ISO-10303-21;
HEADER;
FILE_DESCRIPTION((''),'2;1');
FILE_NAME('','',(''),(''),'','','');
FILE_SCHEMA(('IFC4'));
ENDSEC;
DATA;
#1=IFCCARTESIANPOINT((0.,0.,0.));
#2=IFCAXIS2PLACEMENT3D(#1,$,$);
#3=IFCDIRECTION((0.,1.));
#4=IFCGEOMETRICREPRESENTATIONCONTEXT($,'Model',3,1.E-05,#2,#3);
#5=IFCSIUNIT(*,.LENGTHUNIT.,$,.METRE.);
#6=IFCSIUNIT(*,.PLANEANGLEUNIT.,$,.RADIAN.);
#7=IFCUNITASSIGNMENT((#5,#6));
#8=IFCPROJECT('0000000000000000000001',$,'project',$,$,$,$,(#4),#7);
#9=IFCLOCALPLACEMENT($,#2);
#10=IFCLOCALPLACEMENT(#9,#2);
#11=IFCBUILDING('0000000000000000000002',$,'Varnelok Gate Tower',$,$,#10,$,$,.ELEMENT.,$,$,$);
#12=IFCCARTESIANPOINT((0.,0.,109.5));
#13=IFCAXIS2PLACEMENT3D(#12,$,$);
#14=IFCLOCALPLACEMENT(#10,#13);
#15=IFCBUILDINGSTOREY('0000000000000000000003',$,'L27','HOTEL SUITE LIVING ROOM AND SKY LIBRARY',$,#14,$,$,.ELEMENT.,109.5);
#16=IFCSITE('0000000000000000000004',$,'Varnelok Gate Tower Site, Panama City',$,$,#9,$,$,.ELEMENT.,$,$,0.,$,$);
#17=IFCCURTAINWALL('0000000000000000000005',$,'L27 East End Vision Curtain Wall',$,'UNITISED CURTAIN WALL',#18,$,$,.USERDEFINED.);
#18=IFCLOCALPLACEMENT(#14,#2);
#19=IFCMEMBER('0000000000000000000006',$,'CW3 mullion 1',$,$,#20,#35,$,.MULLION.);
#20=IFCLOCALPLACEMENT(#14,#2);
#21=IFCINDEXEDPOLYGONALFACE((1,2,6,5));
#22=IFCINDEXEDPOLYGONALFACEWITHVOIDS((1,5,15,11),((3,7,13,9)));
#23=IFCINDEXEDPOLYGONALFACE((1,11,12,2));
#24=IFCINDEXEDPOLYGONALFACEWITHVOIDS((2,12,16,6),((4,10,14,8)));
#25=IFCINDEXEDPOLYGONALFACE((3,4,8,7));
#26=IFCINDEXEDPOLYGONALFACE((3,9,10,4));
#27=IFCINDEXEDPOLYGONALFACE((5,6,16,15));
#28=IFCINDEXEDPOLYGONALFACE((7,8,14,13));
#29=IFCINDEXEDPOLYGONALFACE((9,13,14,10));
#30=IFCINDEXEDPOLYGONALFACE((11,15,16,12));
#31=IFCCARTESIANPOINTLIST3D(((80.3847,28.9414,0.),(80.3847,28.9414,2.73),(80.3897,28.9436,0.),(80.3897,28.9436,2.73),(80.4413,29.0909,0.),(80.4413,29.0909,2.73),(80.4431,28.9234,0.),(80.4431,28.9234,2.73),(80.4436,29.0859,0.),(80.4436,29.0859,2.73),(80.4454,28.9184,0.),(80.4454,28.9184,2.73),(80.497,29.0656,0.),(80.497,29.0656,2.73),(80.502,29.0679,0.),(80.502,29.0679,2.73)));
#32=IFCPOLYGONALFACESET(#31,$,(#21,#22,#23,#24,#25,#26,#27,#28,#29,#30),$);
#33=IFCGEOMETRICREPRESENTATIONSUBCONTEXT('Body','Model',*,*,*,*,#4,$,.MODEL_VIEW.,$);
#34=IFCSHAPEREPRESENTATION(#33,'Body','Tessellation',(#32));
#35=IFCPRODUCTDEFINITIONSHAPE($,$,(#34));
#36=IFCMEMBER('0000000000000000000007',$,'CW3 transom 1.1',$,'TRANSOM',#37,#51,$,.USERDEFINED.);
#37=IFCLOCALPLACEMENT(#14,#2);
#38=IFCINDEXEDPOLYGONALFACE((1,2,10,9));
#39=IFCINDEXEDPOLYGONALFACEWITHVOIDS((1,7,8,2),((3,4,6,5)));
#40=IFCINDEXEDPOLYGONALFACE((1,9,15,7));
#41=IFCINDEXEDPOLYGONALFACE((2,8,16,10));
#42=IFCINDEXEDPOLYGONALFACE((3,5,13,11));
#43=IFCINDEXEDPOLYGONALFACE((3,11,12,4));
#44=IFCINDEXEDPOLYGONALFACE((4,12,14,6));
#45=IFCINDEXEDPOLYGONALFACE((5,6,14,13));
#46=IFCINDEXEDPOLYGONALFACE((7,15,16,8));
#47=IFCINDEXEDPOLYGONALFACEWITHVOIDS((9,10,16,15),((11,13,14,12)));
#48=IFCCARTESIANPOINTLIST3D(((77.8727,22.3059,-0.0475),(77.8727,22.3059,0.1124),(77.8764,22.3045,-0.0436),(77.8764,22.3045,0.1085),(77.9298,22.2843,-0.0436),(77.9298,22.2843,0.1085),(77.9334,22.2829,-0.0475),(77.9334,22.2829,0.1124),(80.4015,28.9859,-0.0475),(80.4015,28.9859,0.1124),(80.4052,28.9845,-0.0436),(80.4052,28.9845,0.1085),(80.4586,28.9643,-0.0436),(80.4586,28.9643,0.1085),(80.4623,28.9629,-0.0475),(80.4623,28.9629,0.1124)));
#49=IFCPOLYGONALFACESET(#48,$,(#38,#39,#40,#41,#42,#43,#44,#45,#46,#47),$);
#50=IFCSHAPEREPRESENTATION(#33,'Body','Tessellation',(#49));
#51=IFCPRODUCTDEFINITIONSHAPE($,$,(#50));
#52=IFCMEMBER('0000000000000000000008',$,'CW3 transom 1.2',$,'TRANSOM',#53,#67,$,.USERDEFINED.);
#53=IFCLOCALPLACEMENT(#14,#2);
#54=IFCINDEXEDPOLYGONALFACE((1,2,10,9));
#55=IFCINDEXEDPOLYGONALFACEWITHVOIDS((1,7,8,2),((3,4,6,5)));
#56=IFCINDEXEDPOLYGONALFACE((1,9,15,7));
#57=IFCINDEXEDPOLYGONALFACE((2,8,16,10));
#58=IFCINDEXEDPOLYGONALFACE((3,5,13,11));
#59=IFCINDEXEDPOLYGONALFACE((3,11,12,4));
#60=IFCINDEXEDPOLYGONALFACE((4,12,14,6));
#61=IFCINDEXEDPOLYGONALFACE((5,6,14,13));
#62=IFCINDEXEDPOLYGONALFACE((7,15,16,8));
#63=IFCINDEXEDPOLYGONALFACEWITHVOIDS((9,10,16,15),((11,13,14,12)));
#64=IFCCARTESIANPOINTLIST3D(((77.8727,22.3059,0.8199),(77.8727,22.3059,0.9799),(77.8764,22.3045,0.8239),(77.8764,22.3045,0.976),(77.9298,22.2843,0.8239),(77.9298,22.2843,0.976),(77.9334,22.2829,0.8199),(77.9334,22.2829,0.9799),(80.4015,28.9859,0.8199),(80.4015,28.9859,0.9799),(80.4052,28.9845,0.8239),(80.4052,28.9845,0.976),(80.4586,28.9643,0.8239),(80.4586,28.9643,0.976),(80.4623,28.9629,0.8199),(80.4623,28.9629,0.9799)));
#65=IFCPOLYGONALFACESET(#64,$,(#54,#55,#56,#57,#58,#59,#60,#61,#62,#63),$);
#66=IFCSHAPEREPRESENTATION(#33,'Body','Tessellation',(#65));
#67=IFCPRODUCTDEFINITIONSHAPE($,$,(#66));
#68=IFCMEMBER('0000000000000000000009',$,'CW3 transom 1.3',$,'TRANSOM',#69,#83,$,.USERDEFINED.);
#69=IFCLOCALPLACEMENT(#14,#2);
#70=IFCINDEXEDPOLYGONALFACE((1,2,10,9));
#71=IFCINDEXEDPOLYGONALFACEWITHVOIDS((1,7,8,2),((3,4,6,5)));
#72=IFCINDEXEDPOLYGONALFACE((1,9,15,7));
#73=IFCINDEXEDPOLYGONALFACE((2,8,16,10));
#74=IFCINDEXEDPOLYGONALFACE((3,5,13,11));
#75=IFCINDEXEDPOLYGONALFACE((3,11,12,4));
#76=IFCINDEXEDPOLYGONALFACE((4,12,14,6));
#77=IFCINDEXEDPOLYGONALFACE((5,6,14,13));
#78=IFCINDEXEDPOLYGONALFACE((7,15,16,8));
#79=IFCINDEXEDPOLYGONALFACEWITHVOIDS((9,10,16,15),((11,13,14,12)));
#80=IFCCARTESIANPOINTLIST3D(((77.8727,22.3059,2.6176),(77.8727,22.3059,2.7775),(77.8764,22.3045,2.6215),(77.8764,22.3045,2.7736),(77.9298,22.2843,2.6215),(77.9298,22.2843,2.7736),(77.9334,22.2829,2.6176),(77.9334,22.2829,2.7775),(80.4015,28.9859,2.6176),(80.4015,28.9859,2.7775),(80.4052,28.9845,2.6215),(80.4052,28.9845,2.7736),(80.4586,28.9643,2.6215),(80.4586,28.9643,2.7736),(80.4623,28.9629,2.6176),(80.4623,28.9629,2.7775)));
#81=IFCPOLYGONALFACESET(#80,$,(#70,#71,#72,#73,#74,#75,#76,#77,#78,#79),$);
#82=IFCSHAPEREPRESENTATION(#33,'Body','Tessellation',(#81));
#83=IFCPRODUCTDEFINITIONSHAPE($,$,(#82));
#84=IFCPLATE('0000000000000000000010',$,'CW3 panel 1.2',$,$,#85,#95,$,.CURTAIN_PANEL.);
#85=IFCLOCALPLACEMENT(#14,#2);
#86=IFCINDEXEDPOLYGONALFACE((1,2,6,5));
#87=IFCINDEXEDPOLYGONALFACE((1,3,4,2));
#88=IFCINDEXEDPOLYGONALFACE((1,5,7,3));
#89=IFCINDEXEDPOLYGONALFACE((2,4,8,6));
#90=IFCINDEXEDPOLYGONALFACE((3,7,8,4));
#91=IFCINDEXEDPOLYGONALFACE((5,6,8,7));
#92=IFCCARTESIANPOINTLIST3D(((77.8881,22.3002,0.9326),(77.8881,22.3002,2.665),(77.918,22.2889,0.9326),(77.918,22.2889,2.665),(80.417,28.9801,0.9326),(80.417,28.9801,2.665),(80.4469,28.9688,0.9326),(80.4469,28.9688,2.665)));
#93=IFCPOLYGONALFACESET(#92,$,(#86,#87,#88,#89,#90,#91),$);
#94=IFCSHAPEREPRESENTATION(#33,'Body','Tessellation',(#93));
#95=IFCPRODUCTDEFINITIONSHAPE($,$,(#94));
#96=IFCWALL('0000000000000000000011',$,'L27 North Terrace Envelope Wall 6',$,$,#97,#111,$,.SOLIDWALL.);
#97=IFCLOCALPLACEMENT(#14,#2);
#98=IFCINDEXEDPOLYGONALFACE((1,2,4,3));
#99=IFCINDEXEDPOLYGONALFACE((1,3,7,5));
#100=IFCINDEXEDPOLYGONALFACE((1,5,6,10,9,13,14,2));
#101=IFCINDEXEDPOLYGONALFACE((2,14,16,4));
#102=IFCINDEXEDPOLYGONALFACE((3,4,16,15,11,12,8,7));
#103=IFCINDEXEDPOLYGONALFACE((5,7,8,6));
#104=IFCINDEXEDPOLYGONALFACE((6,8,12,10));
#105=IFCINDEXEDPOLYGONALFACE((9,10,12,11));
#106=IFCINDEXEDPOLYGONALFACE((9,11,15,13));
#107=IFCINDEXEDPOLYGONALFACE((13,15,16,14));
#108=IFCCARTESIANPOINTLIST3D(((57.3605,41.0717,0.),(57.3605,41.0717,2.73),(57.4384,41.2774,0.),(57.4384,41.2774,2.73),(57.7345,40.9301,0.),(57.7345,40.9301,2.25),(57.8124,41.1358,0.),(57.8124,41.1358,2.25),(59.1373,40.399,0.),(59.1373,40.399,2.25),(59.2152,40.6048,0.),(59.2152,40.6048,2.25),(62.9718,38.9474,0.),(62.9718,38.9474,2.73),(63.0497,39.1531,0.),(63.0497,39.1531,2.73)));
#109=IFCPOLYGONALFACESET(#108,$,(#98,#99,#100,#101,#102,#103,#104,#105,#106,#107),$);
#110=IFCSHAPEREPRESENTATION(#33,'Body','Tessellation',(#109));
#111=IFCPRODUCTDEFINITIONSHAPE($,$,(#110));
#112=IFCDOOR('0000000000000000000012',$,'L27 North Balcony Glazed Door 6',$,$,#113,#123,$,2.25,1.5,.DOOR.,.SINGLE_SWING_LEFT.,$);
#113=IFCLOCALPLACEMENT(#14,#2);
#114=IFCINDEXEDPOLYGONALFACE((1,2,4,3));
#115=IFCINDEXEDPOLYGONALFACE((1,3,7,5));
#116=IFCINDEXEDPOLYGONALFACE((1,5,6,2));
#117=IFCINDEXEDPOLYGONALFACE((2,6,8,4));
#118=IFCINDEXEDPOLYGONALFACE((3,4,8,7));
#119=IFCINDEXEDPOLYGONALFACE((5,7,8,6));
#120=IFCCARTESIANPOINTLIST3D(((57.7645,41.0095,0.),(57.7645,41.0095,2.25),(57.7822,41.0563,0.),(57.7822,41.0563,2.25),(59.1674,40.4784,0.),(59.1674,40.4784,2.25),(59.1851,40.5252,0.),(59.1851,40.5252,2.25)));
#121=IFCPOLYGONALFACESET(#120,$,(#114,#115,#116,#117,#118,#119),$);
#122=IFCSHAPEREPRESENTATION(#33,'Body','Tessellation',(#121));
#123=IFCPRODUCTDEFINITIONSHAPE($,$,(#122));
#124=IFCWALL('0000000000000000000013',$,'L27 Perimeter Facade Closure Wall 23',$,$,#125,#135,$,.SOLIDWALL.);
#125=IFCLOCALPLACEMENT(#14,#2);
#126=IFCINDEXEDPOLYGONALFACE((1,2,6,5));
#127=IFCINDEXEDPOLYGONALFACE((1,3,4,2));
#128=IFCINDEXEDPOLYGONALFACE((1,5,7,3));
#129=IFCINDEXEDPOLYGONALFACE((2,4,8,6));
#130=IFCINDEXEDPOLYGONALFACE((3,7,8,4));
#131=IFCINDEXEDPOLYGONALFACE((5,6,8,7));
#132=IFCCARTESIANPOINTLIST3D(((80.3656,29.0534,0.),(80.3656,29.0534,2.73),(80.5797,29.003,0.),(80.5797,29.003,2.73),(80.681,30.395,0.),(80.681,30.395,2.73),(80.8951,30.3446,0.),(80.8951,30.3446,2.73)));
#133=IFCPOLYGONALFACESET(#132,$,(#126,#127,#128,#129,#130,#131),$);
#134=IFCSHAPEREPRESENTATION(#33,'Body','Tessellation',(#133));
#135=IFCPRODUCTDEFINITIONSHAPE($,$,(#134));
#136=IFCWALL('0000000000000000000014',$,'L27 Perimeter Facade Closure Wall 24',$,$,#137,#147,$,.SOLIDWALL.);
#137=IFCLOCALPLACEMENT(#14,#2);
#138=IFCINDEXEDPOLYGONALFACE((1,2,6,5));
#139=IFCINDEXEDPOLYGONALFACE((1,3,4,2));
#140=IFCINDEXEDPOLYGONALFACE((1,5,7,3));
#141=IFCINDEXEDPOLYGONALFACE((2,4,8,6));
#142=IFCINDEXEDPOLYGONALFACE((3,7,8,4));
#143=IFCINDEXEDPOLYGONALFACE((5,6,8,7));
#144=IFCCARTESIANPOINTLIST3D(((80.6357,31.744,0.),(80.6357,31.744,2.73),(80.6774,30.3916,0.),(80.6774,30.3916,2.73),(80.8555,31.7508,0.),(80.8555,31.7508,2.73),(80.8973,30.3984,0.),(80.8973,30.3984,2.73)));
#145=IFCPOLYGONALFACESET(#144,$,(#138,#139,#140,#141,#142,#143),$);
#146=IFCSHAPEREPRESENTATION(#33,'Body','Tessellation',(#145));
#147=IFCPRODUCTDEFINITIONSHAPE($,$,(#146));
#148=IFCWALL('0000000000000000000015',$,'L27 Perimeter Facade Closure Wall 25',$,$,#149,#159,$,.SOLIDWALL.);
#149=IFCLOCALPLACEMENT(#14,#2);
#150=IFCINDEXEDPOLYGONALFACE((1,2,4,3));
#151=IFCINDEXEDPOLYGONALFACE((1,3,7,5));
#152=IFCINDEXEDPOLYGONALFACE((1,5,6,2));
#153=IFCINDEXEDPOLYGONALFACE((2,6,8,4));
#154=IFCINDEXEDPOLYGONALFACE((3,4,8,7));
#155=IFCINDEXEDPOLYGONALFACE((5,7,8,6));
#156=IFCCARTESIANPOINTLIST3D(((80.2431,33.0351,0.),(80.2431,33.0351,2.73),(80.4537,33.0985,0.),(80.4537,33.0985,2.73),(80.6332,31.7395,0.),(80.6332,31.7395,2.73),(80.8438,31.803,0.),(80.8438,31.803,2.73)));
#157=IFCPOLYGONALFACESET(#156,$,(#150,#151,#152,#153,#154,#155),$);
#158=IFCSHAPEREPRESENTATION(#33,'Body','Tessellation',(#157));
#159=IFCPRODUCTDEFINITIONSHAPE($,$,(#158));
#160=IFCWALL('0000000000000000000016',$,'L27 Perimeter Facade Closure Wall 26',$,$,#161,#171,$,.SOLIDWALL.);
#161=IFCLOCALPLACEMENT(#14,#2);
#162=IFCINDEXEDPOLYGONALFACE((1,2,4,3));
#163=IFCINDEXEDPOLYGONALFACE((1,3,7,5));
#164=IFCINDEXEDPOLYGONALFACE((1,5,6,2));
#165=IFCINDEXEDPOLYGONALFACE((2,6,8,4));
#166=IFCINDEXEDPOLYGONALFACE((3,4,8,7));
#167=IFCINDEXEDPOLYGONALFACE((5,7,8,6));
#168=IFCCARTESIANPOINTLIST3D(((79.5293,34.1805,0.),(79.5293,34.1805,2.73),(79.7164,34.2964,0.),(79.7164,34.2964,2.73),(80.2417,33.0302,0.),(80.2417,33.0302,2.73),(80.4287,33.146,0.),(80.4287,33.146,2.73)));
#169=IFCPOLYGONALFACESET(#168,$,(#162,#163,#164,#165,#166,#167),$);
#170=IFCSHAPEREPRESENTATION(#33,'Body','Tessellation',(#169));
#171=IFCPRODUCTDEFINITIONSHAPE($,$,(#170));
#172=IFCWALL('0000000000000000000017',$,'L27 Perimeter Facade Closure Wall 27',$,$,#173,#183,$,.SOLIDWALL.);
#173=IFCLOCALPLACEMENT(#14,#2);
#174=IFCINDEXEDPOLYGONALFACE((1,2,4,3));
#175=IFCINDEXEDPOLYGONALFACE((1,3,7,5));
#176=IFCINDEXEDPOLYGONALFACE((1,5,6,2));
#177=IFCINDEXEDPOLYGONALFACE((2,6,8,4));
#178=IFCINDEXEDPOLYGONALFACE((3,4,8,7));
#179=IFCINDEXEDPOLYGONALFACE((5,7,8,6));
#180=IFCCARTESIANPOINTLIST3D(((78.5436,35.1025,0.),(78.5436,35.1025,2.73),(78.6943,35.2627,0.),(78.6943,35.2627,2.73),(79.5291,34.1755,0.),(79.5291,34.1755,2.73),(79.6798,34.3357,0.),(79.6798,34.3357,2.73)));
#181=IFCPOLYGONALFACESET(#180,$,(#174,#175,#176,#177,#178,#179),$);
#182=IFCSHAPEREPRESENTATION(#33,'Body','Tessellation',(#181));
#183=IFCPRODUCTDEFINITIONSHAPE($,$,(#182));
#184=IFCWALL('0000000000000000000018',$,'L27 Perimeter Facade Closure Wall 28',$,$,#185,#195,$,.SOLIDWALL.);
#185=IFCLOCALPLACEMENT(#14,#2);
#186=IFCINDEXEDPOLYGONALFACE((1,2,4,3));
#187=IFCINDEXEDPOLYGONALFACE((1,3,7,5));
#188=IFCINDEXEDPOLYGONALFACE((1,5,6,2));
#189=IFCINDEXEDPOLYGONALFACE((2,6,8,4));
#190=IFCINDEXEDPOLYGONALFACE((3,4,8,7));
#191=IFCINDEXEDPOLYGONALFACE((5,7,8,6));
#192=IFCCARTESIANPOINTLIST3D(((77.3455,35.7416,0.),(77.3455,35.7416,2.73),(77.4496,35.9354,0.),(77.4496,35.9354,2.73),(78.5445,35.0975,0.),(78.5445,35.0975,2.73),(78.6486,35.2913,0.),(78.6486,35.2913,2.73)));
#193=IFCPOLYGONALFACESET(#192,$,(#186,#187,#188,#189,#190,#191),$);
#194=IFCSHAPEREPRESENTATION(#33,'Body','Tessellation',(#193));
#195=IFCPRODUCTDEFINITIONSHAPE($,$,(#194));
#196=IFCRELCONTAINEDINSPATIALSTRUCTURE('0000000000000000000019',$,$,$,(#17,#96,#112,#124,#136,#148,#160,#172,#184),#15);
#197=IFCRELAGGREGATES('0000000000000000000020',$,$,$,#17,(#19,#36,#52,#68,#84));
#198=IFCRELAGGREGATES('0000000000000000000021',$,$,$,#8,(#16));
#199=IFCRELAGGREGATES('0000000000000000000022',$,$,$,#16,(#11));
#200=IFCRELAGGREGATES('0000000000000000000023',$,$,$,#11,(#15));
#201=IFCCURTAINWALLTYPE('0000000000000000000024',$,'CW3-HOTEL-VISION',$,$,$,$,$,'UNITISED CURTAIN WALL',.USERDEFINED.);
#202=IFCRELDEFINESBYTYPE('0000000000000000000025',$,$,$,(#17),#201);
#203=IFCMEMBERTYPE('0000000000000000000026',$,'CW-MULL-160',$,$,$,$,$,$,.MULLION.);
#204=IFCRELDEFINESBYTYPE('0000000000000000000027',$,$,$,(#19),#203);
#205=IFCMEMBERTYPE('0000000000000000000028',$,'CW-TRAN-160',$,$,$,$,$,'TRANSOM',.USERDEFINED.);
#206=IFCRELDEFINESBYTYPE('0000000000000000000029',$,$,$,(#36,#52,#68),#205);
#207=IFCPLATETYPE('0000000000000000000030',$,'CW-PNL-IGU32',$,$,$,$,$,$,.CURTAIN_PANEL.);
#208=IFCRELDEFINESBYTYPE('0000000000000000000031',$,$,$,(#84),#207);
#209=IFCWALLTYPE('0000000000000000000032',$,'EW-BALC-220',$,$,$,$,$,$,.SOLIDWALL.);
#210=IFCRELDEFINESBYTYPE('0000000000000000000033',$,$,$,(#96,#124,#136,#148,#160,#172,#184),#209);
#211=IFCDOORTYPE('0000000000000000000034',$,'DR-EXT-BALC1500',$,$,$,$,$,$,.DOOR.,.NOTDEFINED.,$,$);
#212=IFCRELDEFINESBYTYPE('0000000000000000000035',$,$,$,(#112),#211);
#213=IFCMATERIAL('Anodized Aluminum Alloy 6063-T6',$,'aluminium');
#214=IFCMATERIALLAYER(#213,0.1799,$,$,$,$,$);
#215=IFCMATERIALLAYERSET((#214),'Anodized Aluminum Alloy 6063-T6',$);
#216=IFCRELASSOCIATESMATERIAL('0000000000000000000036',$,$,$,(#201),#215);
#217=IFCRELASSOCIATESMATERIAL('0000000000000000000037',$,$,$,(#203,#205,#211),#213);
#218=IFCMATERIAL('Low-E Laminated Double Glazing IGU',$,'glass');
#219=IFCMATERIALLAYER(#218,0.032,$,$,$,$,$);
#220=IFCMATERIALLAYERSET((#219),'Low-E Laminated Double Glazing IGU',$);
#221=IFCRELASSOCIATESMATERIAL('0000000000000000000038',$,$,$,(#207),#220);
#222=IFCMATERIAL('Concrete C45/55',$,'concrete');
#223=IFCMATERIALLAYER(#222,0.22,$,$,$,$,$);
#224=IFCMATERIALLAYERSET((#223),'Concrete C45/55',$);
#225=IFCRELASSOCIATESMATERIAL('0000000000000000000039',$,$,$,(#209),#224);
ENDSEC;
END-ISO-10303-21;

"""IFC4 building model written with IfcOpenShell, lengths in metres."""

from ifc_helpers import new_model, si_unit, direction, frame, frame_2d, origin, origin_2d, place, context, subcontext, project, spatial, rectangle, hollow_rectangle, extrude, source, transform, mapped, material, layer, layer_set, material_profile, profile_set, type_object, element, fill, aggregate, save


model = new_model("IFC4")

# Units and contexts
model_context = context("Model", 3, precision=1e-05, world=origin(), true_north=direction((0.0, 1.0)))
body_context = subcontext(model_context, "Body", "Model", "MODEL_VIEW")
ifc_project = project(units=[si_unit("LENGTHUNIT", "METRE"), si_unit("PLANEANGLEUNIT", "RADIAN")], contexts=[model_context])

# Site, building, storey
site_placement = place(None, origin())
site = spatial("IfcSite", under=ifc_project, at=site_placement, Name="Varnelok Gate Tower Site, Panama City", CompositionType="ELEMENT", RefElevation=0.0)
building_placement = place(site_placement, origin())
building = spatial("IfcBuilding", under=site, at=building_placement, Name="Varnelok Gate Tower", CompositionType="ELEMENT")
storey_placement = place(building_placement, frame((0.0, 0.0, 109.5)))
storey = spatial("IfcBuildingStorey", under=building, at=storey_placement, Name="L27", Description="HOTEL SUITE LIVING ROOM AND SKY LIBRARY", CompositionType="ELEMENT", Elevation=109.5)

# Curtain wall, members, plate
ifc_material_1 = material(Name="Anodized Aluminum Alloy 6063-T6", Category="aluminium")
ifc_layer_1 = layer(ifc_material_1, 0.1799)
ifc_layer_set_1 = layer_set([ifc_layer_1], Name="Anodized Aluminum Alloy 6063-T6")
curtain_wall_type = type_object("IfcCurtainWallType", Name="CW3-HOTEL-VISION", ElementType="UNITISED CURTAIN WALL", PredefinedType="USERDEFINED", material=ifc_layer_set_1)
curtain_wall_placement = place(storey_placement, origin())
curtain_wall = element("IfcCurtainWall", 1, at=curtain_wall_placement, inside=storey, type_object=curtain_wall_type, Name="L27 East End Vision Curtain Wall", ObjectType="UNITISED CURTAIN WALL", PredefinedType="USERDEFINED")
ifc_material_profile_1 = material_profile(ifc_material_1, hollow_rectangle(XDim=0.0649, YDim=0.1599, WallThickness=0.0039, at=origin_2d()), Name="ALU160X65X4")
ifc_profile_set_1 = profile_set([ifc_material_profile_1], Name="Anodized Aluminum Alloy 6063-T6")
member_type_1 = type_object("IfcMemberType", Name="CW-MULL-160", PredefinedType="MULLION", material=ifc_profile_set_1)
member_1_placement = place(storey_placement, frame((80.4434, 29.0046, 0.0), z_axis=(0.0, 0.0, 1.0), x_axis=(0.935221, -0.354064, 0.0)))
member_1 = element("IfcMember", 2, at=member_1_placement, type_object=member_type_1, Name="CW3 mullion 1", PredefinedType="MULLION", context=body_context, shape_type="SweptSolid", body=[
    extrude(hollow_rectangle(XDim=0.0649, YDim=0.1599, WallThickness=0.0039, at=origin_2d()), origin(), (0.0, 0.0, 1.0), 2.73),
])
ifc_material_profile_2 = material_profile(ifc_material_1, hollow_rectangle(XDim=0.0649, YDim=0.1599, WallThickness=0.0039, at=origin_2d()), Name="ALU160X65X4")
ifc_profile_set_2 = profile_set([ifc_material_profile_2], Name="Anodized Aluminum Alloy 6063-T6")
member_type_2 = type_object("IfcMemberType", Name="CW-TRAN-160", ElementType="TRANSOM", PredefinedType="USERDEFINED", material=ifc_profile_set_2)
member_2_placement = place(storey_placement, frame((80.4319, 28.9744, 0.0325), z_axis=(-0.354047, -0.935228, 0.0), x_axis=(0.935228, -0.354047, 0.0)))
member_2 = element("IfcMember", 3, at=member_2_placement, type_object=member_type_2, Name="CW3 transom 1.1", ObjectType="TRANSOM", PredefinedType="USERDEFINED", context=body_context, shape_type="SweptSolid", body=[
    extrude(hollow_rectangle(XDim=0.0649, YDim=0.1599, WallThickness=0.0039, at=origin_2d()), origin(), (0.0, 0.0, 1.0), 7.1426),
])
member_3_placement = place(storey_placement, frame((80.4319, 28.9744, 0.8999), z_axis=(-0.354047, -0.935228, 0.0), x_axis=(0.935228, -0.354047, 0.0)))
member_3 = element("IfcMember", 4, at=member_3_placement, type_object=member_type_2, Name="CW3 transom 1.2", ObjectType="TRANSOM", PredefinedType="USERDEFINED", context=body_context, shape_type="SweptSolid", body=[
    extrude(hollow_rectangle(XDim=0.0649, YDim=0.1599, WallThickness=0.0039, at=origin_2d()), origin(), (0.0, 0.0, 1.0), 7.1426),
])
member_4_placement = place(storey_placement, frame((80.4319, 28.9744, 2.6975), z_axis=(-0.354047, -0.935228, 0.0), x_axis=(0.935228, -0.354047, 0.0)))
member_4 = element("IfcMember", 5, at=member_4_placement, type_object=member_type_2, Name="CW3 transom 1.3", ObjectType="TRANSOM", PredefinedType="USERDEFINED", context=body_context, shape_type="SweptSolid", body=[
    extrude(hollow_rectangle(XDim=0.0649, YDim=0.1599, WallThickness=0.0039, at=origin_2d()), origin(), (0.0, 0.0, 1.0), 7.1426),
])
ifc_material_2 = material(Name="Low-E Laminated Double Glazing IGU", Category="glass")
ifc_layer_2 = layer(ifc_material_2, 0.032)
ifc_layer_set_2 = layer_set([ifc_layer_2], Name="Low-E Laminated Double Glazing IGU")
plate_type = type_object("IfcPlateType", Name="CW-PNL-IGU32", PredefinedType="CURTAIN_PANEL", material=ifc_layer_set_2)
shared_shape_1 = source(origin(), body_context, "Body", "SweptSolid", [
    extrude(rectangle(XDim=7.1426, YDim=0.032, at=origin_2d()), origin(), (0.0, 0.0, 1.0), 1.7324),
])
plate_placement = place(storey_placement, frame((79.1675, 25.6345, 0.9326), z_axis=(0.0, 0.0, 1.0), x_axis=(-0.354064, -0.935221, 0.0)))
plate = element("IfcPlate", 6, at=plate_placement, type_object=plate_type, Name="CW3 panel 1.2", PredefinedType="CURTAIN_PANEL", context=body_context, shape_type="MappedRepresentation", body=[
    mapped(shared_shape_1, transform((0.0, 0.0, 0.0), scale=1.0)),
])
aggregate(curtain_wall, [member_1, member_2, member_3, member_4, plate])

# Wall, opening, door
ifc_material_3 = material(Name="Concrete C45/55", Category="concrete")
ifc_layer_3 = layer(ifc_material_3, 0.22)
ifc_layer_set_3 = layer_set([ifc_layer_3], Name="Concrete C45/55")
wall_type = type_object("IfcWallType", Name="EW-BALC-220", PredefinedType="SOLIDWALL", material=ifc_layer_set_3)
wall_1_placement = place(storey_placement, frame((57.3994, 41.1746, 0.0), z_axis=(0.0, 0.0, 1.0), x_axis=(0.935228, -0.354047, 0.0)))
wall_1 = element("IfcWall", 7, at=wall_1_placement, inside=storey, type_object=wall_type, Name="L27 North Terrace Envelope Wall 6", PredefinedType="SOLIDWALL", context=body_context, shape_type="SweptSolid", body=[
    extrude(rectangle(XDim=6.0, YDim=0.22, at=frame_2d((3.0, 0.0))), origin(), (0.0, 0.0, 1.0), 2.73),
])
opening_1_placement = place(wall_1_placement, frame((0.3999, 0.0, 0.0)))
opening_1 = element("IfcOpeningElement", 8, at=opening_1_placement, cuts=wall_1, PredefinedType="OPENING", context=body_context, shape_type="SweptSolid", body=[
    extrude(rectangle(XDim=1.5, YDim=2.25, at=frame_2d((0.75, 1.125))), frame((0.0, 0.1199, 0.0), z_axis=(0.0, -1.0, 0.0), x_axis=(1.0, 0.0, 0.0)), (0.0, 0.0, 1.0), 0.24),
])
door_type = type_object("IfcDoorType", Name="DR-EXT-BALC1500", OperationType="NOTDEFINED", PredefinedType="DOOR", material=ifc_material_1)
door_placement = place(opening_1_placement, origin())
door = element("IfcDoor", 9, at=door_placement, inside=storey, type_object=door_type, Name="L27 North Balcony Glazed Door 6", OperationType="SINGLE_SWING_LEFT", OverallHeight=2.25, OverallWidth=1.5, PredefinedType="DOOR", context=body_context, shape_type="SweptSolid", body=[
    extrude(rectangle(XDim=1.5, YDim=2.25, at=frame_2d((0.75, 1.125))), frame((0.0, 0.0249, 0.0), z_axis=(0.0, -1.0, 0.0), x_axis=(1.0, 0.0, 0.0)), (0.0, 0.0, 1.0), 0.05),
])
fill(opening_1, door)

# Walls
wall_2_placement = place(storey_placement, frame((80.4727, 29.0283, 0.0), z_axis=(0.0, 0.0, 1.0), x_axis=(0.228881, 0.973454, 0.0)))
element("IfcWall", 10, at=wall_2_placement, inside=storey, type_object=wall_type, Name="L27 Perimeter Facade Closure Wall 23", PredefinedType="SOLIDWALL", context=body_context, shape_type="SweptSolid", body=[
    extrude(rectangle(XDim=1.3782, YDim=0.22, at=frame_2d((0.689, 0.0))), origin(), (0.0, 0.0, 1.0), 2.73),
])
for number, where, z_axis, x_axis, name in (
    (11, (80.7874, 30.395, 0.0), (0.0, 0.0, 1.0), (-0.030857, 0.999524, 0.0), "L27 Perimeter Facade Closure Wall 24"),
    (12, (80.7385, 31.7712, 0.0), (0.0, 0.0, 1.0), (-0.288324, 0.957533, 0.0), "L27 Perimeter Facade Closure Wall 25"),
    (13, (80.3352, 33.0881, 0.0), (0.0, 0.0, 1.0), (-0.526491, 0.850181, 0.0), "L27 Perimeter Facade Closure Wall 26"),
    (14, (79.6045, 34.2556, 0.0), (0.0, 0.0, 1.0), (-0.728428, 0.685123, 0.0), "L27 Perimeter Facade Closure Wall 27"),
):
    element("IfcWall", number, at=place(storey_placement, frame(where, z_axis=z_axis, x_axis=x_axis)), inside=storey, type_object=wall_type, Name=name, PredefinedType="SOLIDWALL", context=body_context, shape_type="SweptSolid", body=[
        extrude(rectangle(XDim=1.353, YDim=0.22, at=frame_2d((0.6765, 0.0))), origin(), (0.0, 0.0, 1.0), 2.73),
    ])
wall_3_placement = place(storey_placement, frame((78.5967, 35.1943, 0.0), z_axis=(0.0, 0.0, 1.0), x_axis=(-0.880949, 0.473212, 0.0)))
element("IfcWall", 15, at=wall_3_placement, inside=storey, type_object=wall_type, Name="L27 Perimeter Facade Closure Wall 28", PredefinedType="SOLIDWALL", context=body_context, shape_type="SweptSolid", body=[
    extrude(rectangle(XDim=1.3611, YDim=0.22, at=frame_2d((0.6807, 0.0))), origin(), (0.0, 0.0, 1.0), 2.73),
])

save(model, "model.ifc")
